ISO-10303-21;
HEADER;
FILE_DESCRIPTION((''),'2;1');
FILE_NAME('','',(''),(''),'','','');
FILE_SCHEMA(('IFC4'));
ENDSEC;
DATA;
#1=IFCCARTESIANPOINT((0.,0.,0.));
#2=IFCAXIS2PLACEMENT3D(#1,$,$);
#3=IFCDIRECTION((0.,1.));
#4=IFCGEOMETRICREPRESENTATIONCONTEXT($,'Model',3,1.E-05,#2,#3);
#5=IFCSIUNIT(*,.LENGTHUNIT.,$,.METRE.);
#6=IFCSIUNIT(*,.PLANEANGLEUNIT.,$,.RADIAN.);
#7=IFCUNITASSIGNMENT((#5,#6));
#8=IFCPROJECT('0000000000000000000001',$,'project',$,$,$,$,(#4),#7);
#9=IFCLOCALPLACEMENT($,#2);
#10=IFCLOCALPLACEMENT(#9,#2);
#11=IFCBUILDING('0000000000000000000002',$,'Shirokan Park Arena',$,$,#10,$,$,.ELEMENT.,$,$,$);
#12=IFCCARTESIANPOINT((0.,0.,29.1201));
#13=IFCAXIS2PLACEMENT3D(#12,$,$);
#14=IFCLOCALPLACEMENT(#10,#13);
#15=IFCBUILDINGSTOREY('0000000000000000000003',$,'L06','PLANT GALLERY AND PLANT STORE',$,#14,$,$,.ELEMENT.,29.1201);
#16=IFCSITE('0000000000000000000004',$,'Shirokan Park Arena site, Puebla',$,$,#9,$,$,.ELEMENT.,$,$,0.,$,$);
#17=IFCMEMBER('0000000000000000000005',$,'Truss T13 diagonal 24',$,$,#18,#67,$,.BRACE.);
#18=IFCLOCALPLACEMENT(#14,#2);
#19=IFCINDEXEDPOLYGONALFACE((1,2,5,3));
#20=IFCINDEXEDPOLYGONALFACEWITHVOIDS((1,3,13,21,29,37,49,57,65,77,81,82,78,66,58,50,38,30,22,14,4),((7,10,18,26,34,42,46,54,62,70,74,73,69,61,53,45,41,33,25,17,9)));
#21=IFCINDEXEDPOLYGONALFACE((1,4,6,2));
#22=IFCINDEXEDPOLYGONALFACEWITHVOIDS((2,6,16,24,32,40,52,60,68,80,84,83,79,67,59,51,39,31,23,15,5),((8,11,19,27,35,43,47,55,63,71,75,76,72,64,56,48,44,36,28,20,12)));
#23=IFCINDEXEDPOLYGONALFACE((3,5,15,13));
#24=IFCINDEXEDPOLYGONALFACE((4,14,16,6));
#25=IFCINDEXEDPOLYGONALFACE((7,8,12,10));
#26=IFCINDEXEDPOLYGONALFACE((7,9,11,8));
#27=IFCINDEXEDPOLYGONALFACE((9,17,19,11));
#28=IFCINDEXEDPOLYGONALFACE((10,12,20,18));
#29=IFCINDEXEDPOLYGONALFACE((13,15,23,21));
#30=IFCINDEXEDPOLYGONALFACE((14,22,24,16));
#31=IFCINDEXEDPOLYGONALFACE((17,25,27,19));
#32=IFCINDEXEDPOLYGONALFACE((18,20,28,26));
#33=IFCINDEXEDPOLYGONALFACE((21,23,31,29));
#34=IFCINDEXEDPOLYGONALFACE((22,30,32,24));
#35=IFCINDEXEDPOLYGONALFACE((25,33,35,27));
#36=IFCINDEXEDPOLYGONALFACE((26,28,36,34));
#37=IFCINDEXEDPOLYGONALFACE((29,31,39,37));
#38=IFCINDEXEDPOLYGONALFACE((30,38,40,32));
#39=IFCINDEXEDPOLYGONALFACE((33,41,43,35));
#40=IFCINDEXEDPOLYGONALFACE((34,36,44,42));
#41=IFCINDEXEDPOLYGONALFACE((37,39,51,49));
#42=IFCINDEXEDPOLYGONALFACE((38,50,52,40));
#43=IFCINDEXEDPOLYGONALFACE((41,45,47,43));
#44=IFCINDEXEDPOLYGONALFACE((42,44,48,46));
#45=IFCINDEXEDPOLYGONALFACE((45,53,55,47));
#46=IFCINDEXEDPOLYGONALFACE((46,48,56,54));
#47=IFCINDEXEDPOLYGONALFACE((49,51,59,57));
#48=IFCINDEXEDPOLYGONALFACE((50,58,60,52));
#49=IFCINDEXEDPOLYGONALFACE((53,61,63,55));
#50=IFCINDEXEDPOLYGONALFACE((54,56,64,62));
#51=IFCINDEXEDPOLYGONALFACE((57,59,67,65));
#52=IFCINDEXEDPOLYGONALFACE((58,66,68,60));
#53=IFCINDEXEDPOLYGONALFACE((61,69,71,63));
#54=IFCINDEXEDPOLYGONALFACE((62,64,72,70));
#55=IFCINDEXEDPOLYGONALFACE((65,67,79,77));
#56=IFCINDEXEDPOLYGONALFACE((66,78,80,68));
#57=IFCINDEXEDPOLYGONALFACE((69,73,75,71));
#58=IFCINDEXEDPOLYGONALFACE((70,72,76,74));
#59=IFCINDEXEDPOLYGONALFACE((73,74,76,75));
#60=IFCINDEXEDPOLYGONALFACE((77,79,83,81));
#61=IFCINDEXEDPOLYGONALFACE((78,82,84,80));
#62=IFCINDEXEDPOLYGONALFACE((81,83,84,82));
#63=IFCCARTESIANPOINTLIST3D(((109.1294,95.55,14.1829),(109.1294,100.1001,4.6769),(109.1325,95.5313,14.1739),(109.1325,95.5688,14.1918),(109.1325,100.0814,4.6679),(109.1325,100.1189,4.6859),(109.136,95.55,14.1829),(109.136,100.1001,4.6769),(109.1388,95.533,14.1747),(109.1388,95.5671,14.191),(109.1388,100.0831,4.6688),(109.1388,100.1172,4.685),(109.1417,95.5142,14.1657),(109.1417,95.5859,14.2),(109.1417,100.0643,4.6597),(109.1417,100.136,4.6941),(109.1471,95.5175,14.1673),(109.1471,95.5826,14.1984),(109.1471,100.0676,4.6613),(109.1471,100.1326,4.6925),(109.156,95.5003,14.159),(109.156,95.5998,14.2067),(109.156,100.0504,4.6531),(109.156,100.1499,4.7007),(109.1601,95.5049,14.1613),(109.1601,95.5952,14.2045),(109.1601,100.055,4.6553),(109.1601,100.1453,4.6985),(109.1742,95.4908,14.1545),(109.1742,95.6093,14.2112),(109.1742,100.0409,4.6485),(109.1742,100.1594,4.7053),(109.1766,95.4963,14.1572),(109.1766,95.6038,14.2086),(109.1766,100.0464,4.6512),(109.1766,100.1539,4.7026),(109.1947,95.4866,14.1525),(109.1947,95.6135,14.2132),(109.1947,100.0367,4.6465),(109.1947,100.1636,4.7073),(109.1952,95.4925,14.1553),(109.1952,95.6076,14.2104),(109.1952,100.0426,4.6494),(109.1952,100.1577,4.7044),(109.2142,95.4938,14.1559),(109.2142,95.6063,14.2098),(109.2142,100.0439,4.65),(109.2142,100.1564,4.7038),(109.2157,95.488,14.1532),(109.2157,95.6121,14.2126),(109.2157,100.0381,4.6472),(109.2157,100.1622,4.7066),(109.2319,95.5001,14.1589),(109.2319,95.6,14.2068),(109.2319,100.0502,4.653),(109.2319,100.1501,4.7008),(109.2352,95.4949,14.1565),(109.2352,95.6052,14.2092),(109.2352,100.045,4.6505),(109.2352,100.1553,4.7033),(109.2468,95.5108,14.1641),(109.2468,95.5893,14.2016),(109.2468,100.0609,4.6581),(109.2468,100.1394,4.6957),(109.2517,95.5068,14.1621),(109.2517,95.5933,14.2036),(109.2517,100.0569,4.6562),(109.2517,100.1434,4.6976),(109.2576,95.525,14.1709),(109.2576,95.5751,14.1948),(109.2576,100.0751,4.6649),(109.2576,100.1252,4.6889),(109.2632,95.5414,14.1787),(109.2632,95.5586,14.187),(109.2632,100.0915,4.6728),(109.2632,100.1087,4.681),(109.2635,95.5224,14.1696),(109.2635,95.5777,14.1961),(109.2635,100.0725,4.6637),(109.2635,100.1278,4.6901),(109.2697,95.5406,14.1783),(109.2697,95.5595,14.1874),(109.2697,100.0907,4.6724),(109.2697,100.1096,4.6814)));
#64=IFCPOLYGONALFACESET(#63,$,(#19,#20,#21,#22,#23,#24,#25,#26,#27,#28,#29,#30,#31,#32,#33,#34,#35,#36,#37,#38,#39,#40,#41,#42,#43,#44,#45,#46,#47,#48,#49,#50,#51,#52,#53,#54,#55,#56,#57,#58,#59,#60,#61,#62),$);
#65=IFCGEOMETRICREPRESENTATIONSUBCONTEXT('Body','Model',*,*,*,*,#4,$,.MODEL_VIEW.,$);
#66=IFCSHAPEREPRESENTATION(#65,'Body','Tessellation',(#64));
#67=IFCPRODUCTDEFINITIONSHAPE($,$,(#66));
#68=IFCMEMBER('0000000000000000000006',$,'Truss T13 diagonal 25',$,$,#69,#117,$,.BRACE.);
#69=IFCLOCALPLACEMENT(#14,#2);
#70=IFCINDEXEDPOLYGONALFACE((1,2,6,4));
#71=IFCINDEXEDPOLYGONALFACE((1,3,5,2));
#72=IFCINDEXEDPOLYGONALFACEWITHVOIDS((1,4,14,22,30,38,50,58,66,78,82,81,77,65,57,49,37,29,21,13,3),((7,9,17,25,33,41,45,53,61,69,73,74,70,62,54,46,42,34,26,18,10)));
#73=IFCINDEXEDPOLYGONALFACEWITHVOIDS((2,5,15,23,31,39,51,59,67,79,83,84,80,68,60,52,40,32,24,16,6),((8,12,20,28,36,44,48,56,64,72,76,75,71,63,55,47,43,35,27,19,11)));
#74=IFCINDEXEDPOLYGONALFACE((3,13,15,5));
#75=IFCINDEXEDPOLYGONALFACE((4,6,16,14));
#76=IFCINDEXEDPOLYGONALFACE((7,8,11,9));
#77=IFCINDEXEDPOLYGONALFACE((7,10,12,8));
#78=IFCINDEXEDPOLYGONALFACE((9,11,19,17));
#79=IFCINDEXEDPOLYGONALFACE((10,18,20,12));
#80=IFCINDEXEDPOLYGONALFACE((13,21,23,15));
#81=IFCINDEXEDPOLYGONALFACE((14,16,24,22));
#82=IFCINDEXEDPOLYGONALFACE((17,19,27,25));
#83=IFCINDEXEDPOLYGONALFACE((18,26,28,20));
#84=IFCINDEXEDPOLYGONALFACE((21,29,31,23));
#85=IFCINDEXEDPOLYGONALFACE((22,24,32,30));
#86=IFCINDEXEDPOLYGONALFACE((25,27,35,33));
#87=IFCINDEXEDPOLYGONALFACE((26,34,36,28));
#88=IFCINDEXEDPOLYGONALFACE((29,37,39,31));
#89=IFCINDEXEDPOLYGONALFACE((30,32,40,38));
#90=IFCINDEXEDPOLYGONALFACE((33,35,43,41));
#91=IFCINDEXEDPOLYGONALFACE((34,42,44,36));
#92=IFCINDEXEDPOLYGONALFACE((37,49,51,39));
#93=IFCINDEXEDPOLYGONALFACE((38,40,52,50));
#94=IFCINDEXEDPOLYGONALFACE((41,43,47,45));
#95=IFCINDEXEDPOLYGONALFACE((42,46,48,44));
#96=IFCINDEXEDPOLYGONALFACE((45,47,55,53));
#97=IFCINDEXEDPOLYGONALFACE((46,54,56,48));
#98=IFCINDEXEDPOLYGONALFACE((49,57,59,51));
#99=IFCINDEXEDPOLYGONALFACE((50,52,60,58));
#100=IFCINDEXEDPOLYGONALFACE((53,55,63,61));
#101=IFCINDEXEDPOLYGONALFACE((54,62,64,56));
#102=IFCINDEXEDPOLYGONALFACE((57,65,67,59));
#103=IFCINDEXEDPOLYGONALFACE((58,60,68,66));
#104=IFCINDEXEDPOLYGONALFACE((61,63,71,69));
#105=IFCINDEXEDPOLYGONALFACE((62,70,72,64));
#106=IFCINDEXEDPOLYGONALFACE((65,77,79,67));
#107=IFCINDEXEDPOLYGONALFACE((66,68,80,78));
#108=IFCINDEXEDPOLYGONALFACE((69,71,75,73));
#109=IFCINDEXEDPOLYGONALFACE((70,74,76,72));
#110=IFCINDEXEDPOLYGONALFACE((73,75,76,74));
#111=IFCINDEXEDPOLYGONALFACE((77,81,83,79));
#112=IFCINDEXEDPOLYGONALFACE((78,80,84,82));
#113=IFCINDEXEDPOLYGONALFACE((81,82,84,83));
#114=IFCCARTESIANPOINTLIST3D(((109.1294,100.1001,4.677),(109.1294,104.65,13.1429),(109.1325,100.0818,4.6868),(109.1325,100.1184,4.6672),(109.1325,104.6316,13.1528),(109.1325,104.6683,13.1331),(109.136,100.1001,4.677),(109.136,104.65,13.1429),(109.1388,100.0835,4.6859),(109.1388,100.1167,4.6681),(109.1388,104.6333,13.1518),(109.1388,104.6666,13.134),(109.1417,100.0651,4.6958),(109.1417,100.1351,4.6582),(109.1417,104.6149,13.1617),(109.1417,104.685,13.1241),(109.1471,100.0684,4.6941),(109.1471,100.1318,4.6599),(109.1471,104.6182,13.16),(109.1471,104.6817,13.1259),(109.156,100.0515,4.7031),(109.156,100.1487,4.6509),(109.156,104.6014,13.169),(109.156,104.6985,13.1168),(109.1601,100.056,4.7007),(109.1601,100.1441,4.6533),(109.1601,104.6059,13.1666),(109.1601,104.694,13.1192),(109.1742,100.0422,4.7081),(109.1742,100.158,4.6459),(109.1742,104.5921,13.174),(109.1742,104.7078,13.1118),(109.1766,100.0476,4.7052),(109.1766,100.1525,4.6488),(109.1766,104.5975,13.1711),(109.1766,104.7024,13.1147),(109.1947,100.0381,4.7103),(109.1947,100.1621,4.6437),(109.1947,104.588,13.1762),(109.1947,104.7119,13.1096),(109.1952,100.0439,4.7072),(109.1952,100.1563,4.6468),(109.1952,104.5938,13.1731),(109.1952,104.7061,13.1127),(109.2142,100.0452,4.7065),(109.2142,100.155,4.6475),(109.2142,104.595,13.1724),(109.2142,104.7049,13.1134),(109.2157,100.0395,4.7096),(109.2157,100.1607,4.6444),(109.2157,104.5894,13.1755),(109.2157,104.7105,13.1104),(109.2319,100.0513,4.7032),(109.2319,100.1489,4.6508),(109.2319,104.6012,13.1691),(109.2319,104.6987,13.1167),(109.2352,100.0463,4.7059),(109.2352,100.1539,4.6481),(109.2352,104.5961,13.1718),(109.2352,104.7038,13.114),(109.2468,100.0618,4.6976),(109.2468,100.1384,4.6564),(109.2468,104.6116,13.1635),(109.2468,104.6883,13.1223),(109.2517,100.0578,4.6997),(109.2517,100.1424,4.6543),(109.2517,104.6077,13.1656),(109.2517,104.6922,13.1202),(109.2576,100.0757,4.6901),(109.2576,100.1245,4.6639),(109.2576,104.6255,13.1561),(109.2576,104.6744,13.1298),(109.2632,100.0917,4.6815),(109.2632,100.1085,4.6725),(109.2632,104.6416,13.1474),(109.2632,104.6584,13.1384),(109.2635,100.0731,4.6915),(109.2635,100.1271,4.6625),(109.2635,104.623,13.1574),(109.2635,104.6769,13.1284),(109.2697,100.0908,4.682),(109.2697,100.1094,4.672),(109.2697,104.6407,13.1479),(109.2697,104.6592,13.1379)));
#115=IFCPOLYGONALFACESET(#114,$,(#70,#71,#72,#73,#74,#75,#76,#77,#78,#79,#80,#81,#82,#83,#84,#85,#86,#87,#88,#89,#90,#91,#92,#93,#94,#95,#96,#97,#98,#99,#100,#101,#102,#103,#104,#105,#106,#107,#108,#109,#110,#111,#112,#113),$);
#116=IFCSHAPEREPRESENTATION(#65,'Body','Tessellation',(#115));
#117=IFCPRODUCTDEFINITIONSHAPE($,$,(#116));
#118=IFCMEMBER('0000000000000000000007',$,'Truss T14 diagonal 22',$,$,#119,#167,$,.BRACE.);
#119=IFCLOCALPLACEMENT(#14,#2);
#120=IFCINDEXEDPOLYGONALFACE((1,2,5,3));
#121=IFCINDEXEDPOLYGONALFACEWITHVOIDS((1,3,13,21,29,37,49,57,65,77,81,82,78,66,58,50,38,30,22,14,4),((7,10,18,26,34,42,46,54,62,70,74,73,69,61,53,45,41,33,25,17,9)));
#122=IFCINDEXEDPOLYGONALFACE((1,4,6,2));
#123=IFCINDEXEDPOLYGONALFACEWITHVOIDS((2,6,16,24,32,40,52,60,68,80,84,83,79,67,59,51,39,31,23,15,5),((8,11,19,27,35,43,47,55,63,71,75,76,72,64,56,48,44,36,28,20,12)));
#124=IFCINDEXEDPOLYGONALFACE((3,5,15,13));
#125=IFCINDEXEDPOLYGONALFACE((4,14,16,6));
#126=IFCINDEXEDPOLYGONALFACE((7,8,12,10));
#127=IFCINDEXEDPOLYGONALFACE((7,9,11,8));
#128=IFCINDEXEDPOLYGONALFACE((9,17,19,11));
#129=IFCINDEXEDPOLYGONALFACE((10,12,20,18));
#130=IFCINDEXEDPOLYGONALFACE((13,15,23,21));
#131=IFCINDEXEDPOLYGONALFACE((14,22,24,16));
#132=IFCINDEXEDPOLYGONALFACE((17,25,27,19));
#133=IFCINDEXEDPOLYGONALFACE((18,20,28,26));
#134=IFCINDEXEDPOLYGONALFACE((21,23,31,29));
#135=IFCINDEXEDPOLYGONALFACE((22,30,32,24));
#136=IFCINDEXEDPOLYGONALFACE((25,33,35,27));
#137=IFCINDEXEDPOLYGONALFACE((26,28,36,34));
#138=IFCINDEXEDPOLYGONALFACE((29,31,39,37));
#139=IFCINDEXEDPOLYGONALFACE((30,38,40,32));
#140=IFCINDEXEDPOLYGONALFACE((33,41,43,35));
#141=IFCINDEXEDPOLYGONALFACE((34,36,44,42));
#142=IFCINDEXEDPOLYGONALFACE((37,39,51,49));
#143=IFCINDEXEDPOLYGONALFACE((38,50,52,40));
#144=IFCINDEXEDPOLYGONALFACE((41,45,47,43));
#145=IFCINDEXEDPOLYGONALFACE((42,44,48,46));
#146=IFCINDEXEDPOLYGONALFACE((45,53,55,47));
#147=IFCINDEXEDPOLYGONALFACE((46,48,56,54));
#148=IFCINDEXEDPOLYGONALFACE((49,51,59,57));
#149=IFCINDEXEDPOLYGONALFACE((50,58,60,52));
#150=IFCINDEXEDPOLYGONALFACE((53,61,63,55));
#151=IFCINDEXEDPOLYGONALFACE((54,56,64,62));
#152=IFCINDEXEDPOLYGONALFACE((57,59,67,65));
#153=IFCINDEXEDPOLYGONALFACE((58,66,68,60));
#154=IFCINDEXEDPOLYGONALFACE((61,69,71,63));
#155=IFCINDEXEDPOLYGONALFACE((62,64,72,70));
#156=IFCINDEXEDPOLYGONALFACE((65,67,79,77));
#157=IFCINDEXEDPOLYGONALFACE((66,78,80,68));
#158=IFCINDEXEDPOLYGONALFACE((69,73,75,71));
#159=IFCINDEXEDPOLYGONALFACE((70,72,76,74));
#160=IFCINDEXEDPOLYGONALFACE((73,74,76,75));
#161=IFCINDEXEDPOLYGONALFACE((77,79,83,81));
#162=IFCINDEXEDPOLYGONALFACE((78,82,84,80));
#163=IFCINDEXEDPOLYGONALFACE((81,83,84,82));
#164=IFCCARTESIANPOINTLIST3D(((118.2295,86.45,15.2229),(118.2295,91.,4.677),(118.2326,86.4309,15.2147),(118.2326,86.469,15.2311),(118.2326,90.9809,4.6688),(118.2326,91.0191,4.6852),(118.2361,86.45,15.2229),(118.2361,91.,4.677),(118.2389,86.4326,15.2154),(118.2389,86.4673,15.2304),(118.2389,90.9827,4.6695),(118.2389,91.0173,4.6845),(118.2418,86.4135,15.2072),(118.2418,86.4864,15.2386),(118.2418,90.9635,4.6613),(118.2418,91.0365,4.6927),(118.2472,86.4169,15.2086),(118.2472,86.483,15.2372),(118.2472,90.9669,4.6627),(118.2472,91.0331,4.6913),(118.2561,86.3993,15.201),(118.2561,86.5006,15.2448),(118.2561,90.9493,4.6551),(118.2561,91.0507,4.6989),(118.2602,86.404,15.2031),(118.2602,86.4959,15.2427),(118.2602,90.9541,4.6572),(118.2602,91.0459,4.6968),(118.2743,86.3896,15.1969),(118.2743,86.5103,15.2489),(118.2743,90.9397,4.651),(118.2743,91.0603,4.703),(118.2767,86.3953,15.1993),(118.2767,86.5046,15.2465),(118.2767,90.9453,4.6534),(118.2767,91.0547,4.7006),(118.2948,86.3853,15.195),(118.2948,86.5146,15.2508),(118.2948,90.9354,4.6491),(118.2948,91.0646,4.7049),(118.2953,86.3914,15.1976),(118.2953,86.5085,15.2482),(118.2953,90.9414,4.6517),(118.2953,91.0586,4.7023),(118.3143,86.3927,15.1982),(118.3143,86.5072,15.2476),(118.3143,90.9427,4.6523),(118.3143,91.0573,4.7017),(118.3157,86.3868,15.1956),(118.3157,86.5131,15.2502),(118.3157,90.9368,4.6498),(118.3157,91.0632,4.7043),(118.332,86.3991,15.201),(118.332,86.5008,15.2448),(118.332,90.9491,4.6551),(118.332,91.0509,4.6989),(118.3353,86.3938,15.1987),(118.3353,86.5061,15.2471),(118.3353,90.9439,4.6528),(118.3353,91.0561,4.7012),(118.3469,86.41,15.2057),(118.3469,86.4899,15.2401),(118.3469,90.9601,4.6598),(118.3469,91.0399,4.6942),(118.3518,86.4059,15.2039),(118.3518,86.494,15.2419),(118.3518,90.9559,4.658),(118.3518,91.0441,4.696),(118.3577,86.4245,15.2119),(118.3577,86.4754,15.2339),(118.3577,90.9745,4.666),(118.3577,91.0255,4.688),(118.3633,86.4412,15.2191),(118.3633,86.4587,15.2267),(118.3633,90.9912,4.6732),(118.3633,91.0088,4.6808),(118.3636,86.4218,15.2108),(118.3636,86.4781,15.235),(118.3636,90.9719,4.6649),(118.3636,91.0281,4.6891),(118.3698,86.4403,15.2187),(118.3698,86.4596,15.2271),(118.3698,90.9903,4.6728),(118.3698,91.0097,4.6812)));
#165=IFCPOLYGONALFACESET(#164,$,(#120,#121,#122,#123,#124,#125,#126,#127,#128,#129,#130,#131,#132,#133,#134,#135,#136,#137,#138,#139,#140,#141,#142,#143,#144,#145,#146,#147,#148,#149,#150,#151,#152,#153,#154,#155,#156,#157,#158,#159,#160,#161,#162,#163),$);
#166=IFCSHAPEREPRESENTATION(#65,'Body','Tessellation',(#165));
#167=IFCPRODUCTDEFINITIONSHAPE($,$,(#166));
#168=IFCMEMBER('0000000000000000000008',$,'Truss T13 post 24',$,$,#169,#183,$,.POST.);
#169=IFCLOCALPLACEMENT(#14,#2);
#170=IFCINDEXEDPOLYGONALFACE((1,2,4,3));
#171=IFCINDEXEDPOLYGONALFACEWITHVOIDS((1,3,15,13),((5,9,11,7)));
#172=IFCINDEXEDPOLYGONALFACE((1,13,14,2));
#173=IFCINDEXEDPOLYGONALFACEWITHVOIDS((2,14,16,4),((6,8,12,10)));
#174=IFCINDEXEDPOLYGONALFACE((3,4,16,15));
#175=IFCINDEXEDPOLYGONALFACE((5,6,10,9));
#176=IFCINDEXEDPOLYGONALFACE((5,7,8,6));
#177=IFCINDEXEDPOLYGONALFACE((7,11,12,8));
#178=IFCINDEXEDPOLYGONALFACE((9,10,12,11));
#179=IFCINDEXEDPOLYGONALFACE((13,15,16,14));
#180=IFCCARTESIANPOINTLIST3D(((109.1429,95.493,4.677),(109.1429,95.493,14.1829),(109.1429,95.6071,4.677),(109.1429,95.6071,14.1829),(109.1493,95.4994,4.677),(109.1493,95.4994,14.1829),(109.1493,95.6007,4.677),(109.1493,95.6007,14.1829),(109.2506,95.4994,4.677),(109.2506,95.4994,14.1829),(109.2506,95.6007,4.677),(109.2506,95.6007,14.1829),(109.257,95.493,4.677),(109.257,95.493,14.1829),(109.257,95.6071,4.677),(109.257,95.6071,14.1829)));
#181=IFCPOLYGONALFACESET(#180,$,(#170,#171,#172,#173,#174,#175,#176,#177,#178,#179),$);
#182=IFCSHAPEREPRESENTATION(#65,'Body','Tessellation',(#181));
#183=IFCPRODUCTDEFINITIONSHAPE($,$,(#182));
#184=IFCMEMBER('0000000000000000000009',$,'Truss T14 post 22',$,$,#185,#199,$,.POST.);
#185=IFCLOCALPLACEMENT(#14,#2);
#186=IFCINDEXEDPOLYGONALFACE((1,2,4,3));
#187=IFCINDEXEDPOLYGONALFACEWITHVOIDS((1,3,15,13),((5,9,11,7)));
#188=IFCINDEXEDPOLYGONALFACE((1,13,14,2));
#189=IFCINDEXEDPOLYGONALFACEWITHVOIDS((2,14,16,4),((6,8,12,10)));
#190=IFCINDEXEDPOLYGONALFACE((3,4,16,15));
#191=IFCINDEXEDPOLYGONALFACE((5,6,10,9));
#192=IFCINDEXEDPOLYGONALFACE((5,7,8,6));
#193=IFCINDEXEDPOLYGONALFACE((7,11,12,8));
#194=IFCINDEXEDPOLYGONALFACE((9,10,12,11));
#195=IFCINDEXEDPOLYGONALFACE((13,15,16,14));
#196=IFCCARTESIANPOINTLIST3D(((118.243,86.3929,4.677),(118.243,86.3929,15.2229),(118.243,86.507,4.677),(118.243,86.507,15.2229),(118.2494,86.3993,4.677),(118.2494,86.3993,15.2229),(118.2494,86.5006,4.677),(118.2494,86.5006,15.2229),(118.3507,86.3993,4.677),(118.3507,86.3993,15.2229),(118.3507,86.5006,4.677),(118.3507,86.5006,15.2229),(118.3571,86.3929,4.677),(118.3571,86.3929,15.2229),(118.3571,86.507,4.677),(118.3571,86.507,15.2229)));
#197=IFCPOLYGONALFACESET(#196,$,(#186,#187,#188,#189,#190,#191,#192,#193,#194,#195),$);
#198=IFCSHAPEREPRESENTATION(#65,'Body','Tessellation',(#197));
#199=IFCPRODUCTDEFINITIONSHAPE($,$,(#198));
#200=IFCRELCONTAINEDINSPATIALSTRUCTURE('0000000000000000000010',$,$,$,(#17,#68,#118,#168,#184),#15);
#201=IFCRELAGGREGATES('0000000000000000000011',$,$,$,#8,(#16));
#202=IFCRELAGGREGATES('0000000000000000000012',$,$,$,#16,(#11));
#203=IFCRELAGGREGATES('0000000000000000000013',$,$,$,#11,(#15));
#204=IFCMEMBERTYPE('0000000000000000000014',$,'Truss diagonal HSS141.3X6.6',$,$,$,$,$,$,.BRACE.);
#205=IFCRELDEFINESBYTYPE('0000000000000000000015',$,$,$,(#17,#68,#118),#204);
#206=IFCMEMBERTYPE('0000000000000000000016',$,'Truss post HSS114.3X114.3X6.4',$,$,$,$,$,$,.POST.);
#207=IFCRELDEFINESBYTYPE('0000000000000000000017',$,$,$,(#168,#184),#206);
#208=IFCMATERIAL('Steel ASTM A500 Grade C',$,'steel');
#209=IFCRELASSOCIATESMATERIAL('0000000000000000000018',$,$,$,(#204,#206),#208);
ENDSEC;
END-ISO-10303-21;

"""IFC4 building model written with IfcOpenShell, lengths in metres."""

from ifc_helpers import new_model, si_unit, direction, frame, origin, origin_2d, place, context, subcontext, project, spatial, hollow_rectangle, hollow_circle, extrude, material, material_profile, profile_set, type_object, element, save


model = new_model("IFC4")

# Units and contexts
model_context = context("Model", 3, precision=1e-05, world=origin(), true_north=direction((0.0, 1.0)))
body_context = subcontext(model_context, "Body", "Model", "MODEL_VIEW")
ifc_project = project(units=[si_unit("LENGTHUNIT", "METRE"), si_unit("PLANEANGLEUNIT", "RADIAN")], contexts=[model_context])

# Site, building, storey
site_placement = place(None, origin())
site = spatial("IfcSite", under=ifc_project, at=site_placement, Name="Shirokan Park Arena site, Puebla", CompositionType="ELEMENT", RefElevation=0.0)
building_placement = place(site_placement, origin())
building = spatial("IfcBuilding", under=site, at=building_placement, Name="Shirokan Park Arena", CompositionType="ELEMENT")
storey_placement = place(building_placement, frame((0.0, 0.0, 29.1201)))
storey = spatial("IfcBuildingStorey", under=building, at=storey_placement, Name="L06", Description="PLANT GALLERY AND PLANT STORE", CompositionType="ELEMENT", Elevation=29.1201)

# Members
ifc_material_1 = material(Name="Steel ASTM A500 Grade C", Category="steel")
ifc_material_profile_1 = material_profile(ifc_material_1, hollow_circle(Radius=0.0706, WallThickness=0.0066, at=origin_2d()), Name="HSS141.3X6.6")
ifc_profile_set_1 = profile_set([ifc_material_profile_1], Name="Steel ASTM A500 Grade C")
member_type_1 = type_object("IfcMemberType", Name="Truss diagonal HSS141.3X6.6", PredefinedType="BRACE", material=ifc_profile_set_1)
member_1_placement = place(storey_placement, frame((109.2, 95.55, 14.1829), z_axis=(0.0, 0.431746, -0.901995), x_axis=(-1.0, 0.0, 0.0)))
element("IfcMember", 1, at=member_1_placement, inside=storey, type_object=member_type_1, Name="Truss T13 diagonal 24", PredefinedType="BRACE", context=body_context, shape_type="SweptSolid", body=[
    extrude(hollow_circle(Radius=0.0706, WallThickness=0.0066, at=origin_2d()), origin(), (0.0, 0.0, 1.0), 10.5388),
])
member_2_placement = place(storey_placement, frame((109.2, 100.1001, 4.677), z_axis=(0.0, 0.473397, 0.880849), x_axis=(-1.0, 0.0, 0.0)))
element("IfcMember", 2, at=member_2_placement, inside=storey, type_object=member_type_1, Name="Truss T13 diagonal 25", PredefinedType="BRACE", context=body_context, shape_type="SweptSolid", body=[
    extrude(hollow_circle(Radius=0.0706, WallThickness=0.0066, at=origin_2d()), origin(), (0.0, 0.0, 1.0), 9.6111),
])
member_3_placement = place(storey_placement, frame((118.3, 86.45, 15.2229), z_axis=(0.0, 0.396153, -0.918185), x_axis=(-1.0, 0.0, 0.0)))
element("IfcMember", 3, at=member_3_placement, inside=storey, type_object=member_type_1, Name="Truss T14 diagonal 22", PredefinedType="BRACE", context=body_context, shape_type="SweptSolid", body=[
    extrude(hollow_circle(Radius=0.0706, WallThickness=0.0066, at=origin_2d()), origin(), (0.0, 0.0, 1.0), 11.4856),
])
ifc_material_profile_2 = material_profile(ifc_material_1, hollow_rectangle(XDim=0.114, YDim=0.114, WallThickness=0.0063, at=origin_2d()), Name="HSS114.3X114.3X6.4")
ifc_profile_set_2 = profile_set([ifc_material_profile_2], Name="Steel ASTM A500 Grade C")
member_type_2 = type_object("IfcMemberType", Name="Truss post HSS114.3X114.3X6.4", PredefinedType="POST", material=ifc_profile_set_2)
member_4_placement = place(storey_placement, frame((109.2, 95.55, 4.677), z_axis=(0.0, 0.0, 1.0), x_axis=(1.0, 0.0, 0.0)))
element("IfcMember", 4, at=member_4_placement, inside=storey, type_object=member_type_2, Name="Truss T13 post 24", PredefinedType="POST", context=body_context, shape_type="SweptSolid", body=[
    extrude(hollow_rectangle(XDim=0.114, YDim=0.114, WallThickness=0.0063, at=origin_2d()), origin(), (0.0, 0.0, 1.0), 9.5059),
])
member_5_placement = place(storey_placement, frame((118.3, 86.45, 4.677), z_axis=(0.0, 0.0, 1.0), x_axis=(1.0, 0.0, 0.0)))
element("IfcMember", 5, at=member_5_placement, inside=storey, type_object=member_type_2, Name="Truss T14 post 22", PredefinedType="POST", context=body_context, shape_type="SweptSolid", body=[
    extrude(hollow_rectangle(XDim=0.114, YDim=0.114, WallThickness=0.0063, at=origin_2d()), origin(), (0.0, 0.0, 1.0), 10.5459),
])

save(model, "model.ifc")
